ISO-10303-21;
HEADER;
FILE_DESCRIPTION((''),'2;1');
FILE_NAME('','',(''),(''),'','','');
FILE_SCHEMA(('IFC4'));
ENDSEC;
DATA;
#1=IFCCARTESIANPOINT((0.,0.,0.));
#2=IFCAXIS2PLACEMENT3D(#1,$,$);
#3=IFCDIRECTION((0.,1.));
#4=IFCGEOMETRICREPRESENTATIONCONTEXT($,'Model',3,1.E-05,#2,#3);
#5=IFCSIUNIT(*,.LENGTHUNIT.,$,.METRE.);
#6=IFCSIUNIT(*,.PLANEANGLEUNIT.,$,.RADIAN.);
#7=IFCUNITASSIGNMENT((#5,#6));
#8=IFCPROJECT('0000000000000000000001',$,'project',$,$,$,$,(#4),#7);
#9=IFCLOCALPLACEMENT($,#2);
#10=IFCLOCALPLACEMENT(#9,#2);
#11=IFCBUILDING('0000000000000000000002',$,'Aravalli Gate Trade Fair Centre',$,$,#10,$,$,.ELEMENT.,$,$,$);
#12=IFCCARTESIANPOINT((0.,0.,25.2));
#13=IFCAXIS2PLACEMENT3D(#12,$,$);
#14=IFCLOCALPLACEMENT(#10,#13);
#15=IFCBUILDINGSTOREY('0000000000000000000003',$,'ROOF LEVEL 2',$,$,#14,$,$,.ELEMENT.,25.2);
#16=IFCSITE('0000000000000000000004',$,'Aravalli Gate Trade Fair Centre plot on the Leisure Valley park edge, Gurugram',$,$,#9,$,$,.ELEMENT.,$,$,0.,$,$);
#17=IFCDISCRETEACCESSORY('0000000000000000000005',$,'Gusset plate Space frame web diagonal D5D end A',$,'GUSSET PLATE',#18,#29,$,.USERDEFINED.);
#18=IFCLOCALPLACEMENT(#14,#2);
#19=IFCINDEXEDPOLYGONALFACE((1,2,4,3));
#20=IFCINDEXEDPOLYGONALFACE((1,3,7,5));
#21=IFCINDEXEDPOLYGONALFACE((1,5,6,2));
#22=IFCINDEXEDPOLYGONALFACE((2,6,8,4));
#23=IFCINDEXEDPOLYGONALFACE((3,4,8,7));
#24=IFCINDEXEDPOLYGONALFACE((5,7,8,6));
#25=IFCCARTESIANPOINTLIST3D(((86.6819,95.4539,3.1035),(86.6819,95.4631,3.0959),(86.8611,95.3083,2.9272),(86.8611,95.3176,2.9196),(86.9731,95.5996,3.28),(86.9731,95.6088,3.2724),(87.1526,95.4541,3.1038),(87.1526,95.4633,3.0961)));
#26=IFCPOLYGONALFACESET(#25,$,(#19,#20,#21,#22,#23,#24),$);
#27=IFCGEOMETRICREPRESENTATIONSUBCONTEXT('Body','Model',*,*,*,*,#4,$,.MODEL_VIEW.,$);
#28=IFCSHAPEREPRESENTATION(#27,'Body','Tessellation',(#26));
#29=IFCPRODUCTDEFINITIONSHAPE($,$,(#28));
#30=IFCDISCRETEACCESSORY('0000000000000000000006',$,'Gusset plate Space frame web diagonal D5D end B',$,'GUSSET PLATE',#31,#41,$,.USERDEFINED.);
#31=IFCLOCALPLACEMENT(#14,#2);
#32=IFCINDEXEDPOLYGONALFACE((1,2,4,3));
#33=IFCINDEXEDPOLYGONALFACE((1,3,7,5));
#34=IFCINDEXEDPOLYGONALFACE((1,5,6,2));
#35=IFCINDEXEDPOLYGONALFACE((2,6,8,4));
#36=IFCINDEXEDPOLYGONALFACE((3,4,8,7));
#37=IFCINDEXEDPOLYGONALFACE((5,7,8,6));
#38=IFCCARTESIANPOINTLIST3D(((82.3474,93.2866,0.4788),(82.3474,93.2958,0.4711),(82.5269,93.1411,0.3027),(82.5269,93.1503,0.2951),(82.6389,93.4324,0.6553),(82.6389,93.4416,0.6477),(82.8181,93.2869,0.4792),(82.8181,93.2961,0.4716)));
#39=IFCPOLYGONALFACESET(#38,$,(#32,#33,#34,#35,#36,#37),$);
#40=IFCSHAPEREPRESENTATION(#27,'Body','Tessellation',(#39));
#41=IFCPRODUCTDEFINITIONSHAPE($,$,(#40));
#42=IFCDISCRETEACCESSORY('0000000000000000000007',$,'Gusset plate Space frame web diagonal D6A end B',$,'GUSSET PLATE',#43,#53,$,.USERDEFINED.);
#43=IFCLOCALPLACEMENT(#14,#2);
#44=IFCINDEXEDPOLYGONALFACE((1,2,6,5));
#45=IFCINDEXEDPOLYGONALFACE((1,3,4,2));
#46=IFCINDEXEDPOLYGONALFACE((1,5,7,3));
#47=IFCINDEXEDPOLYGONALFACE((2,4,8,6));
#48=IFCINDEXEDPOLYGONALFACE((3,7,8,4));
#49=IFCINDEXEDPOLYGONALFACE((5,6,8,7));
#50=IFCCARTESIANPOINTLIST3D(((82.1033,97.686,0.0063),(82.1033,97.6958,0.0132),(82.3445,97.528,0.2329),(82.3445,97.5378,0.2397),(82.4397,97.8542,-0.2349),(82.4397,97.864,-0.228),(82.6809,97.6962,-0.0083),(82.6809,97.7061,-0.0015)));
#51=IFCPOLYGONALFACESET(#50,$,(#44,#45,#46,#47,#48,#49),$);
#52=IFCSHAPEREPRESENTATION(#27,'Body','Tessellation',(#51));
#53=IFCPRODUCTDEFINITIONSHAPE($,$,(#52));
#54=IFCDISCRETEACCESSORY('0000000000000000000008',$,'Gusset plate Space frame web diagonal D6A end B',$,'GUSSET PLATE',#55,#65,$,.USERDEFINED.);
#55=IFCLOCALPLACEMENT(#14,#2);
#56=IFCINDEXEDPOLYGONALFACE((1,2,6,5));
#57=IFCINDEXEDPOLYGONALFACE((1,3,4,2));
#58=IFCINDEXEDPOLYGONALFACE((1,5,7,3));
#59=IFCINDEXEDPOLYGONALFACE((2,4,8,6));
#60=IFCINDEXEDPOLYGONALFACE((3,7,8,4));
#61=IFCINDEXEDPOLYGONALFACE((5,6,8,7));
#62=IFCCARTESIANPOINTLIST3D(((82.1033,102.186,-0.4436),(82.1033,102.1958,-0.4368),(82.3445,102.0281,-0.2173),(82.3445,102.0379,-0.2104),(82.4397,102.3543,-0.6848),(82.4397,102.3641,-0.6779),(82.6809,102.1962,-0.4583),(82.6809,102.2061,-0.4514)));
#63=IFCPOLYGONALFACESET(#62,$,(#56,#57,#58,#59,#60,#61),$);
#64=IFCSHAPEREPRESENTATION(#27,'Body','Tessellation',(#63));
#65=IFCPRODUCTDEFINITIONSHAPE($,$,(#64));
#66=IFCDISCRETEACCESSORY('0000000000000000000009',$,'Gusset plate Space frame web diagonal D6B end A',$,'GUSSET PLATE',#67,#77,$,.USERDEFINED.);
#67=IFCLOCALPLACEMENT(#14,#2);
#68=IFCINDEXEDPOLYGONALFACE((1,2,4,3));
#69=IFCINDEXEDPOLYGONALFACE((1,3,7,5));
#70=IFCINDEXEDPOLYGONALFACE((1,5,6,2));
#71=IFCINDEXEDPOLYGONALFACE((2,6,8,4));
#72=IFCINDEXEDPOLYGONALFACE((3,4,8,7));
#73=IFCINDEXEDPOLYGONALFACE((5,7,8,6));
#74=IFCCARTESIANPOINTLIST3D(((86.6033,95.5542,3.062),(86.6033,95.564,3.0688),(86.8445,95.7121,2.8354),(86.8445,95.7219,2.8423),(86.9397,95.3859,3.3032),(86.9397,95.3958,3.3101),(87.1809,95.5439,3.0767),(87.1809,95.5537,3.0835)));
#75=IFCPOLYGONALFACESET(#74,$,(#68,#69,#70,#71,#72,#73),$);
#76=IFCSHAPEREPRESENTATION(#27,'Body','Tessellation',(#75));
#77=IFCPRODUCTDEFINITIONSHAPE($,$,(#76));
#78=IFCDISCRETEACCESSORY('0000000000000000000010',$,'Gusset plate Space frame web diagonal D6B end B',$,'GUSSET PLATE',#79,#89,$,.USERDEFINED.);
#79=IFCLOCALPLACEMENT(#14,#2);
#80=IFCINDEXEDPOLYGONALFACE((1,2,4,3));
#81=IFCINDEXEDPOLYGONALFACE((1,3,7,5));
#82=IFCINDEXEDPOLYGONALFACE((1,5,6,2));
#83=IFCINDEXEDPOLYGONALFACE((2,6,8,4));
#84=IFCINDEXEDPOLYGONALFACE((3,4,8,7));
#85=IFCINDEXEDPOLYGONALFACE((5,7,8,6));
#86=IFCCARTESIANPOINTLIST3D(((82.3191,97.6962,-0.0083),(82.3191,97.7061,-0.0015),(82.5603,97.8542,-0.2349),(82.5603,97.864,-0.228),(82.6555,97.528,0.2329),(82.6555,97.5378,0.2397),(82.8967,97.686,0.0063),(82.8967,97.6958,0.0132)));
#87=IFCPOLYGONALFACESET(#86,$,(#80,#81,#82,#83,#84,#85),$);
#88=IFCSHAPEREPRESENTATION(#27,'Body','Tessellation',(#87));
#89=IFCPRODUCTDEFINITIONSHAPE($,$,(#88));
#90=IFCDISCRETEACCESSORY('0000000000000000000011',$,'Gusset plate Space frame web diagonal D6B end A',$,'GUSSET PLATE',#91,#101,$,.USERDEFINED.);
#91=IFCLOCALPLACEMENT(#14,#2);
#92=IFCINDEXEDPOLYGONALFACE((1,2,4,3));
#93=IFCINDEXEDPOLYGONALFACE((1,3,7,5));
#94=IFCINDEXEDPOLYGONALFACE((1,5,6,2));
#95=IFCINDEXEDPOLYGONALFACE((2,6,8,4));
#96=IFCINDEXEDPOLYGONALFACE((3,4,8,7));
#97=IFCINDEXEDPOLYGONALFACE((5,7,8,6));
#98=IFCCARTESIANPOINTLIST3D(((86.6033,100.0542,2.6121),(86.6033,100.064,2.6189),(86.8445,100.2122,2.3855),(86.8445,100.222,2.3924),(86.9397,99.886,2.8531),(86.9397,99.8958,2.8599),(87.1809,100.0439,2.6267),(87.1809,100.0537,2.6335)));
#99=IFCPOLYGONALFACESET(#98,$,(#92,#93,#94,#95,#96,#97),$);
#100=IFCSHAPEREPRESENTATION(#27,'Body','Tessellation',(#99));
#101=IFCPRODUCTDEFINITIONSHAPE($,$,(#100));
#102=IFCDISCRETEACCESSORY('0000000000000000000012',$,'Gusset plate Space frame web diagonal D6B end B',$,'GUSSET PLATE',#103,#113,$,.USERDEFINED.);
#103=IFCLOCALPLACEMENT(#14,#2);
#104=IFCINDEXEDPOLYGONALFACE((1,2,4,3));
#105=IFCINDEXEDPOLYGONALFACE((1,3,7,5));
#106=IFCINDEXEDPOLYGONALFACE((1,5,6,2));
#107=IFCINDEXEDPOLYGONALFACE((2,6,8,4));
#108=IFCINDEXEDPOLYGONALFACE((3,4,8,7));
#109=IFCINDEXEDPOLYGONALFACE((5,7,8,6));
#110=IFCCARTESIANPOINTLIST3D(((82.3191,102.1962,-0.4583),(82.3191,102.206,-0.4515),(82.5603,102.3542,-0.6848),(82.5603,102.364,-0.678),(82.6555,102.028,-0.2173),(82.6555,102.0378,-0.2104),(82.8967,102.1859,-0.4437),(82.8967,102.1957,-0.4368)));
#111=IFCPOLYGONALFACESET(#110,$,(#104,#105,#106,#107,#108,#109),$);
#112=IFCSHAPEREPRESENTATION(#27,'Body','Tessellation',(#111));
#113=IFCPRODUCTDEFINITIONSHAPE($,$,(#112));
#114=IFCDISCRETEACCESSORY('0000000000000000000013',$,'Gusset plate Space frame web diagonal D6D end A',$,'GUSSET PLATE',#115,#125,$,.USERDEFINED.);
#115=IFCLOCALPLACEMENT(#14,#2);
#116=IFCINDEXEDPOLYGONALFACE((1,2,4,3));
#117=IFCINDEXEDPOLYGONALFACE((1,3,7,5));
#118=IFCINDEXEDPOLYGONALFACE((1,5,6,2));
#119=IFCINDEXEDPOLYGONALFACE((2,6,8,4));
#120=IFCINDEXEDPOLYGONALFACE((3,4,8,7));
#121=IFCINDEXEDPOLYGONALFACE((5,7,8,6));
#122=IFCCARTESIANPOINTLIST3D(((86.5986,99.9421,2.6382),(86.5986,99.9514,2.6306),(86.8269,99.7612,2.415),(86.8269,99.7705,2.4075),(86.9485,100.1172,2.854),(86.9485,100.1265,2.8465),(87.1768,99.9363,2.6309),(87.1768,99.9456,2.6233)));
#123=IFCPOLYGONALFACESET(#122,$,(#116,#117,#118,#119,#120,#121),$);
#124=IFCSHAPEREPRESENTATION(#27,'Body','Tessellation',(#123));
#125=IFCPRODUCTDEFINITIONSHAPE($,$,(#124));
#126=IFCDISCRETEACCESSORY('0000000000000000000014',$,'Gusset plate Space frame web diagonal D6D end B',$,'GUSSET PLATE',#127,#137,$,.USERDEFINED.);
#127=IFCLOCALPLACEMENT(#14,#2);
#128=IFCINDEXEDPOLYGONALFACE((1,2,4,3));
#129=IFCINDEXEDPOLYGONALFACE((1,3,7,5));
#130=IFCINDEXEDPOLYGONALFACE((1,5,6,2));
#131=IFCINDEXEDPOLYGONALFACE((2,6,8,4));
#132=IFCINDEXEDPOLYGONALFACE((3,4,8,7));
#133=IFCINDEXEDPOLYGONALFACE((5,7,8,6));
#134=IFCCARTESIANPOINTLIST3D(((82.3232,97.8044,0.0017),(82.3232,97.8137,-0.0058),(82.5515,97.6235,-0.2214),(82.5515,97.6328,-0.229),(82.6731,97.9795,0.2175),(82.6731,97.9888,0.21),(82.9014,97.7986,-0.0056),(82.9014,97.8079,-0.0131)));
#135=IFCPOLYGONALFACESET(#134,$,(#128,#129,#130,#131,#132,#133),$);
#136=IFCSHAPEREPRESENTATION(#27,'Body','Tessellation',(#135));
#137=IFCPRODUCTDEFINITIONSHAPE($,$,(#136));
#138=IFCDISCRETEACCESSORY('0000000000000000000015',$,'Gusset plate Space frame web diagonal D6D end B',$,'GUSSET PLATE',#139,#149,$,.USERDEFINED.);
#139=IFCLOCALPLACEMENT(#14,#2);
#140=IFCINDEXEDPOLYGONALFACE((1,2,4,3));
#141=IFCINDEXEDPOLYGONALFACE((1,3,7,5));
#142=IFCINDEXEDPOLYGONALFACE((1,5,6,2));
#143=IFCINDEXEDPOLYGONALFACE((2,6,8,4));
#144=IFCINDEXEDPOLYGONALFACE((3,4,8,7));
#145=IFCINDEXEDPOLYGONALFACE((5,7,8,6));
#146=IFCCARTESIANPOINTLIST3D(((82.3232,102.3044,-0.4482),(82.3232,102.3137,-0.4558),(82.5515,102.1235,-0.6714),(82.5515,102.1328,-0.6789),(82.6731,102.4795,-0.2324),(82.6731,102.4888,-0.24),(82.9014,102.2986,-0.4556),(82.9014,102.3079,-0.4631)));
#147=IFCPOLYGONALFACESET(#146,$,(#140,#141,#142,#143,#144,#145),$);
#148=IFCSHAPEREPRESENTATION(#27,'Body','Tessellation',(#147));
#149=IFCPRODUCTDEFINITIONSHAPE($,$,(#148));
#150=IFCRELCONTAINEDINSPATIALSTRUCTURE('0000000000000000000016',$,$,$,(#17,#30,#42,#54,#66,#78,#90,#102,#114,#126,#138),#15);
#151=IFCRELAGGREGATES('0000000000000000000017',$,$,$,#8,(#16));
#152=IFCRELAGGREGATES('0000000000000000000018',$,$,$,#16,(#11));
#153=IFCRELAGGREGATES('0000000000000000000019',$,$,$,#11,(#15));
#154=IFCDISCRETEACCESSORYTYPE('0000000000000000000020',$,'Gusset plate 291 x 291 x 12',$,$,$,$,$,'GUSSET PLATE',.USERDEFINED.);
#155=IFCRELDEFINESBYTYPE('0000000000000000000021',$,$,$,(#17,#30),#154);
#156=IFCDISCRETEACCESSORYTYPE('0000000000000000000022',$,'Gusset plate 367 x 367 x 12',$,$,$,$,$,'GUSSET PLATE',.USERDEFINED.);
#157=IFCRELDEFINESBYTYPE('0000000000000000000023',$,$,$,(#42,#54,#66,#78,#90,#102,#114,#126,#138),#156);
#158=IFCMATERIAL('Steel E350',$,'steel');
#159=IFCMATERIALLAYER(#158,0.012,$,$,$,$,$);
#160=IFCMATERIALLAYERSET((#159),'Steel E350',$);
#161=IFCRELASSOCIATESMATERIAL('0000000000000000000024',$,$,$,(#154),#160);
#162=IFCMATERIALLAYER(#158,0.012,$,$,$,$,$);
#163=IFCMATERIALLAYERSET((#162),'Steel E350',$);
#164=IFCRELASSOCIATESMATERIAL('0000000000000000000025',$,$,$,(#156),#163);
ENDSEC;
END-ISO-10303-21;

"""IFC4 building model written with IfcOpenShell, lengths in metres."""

from ifc_helpers import new_model, si_unit, direction, frame, origin, place, context, subcontext, project, spatial, polyline, outline, extrude, material, layer, layer_set, type_object, element, save


model = new_model("IFC4")

# Units and contexts
model_context = context("Model", 3, precision=1e-05, world=origin(), true_north=direction((0.0, 1.0)))
body_context = subcontext(model_context, "Body", "Model", "MODEL_VIEW")
ifc_project = project(units=[si_unit("LENGTHUNIT", "METRE"), si_unit("PLANEANGLEUNIT", "RADIAN")], contexts=[model_context])

# Site, building, storey
site_placement = place(None, origin())
site = spatial("IfcSite", under=ifc_project, at=site_placement, Name="Aravalli Gate Trade Fair Centre plot on the Leisure Valley park edge, Gurugram", CompositionType="ELEMENT", RefElevation=0.0)
building_placement = place(site_placement, origin())
building = spatial("IfcBuilding", under=site, at=building_placement, Name="Aravalli Gate Trade Fair Centre", CompositionType="ELEMENT")
storey_placement = place(building_placement, frame((0.0, 0.0, 25.2)))
storey = spatial("IfcBuildingStorey", under=building, at=storey_placement, Name="ROOF LEVEL 2", CompositionType="ELEMENT", Elevation=25.2)

# Shared definitions
ifc_material_1 = material(Name="Steel E350", Category="steel")

# Discrete accessories
ifc_layer_1 = layer(ifc_material_1, 0.012)
ifc_layer_set_1 = layer_set([ifc_layer_1], Name="Steel E350")
discrete_accessory_type_1 = type_object("IfcDiscreteAccessoryType", Name="Gusset plate 291 x 291 x 12", ElementType="GUSSET PLATE", PredefinedType="USERDEFINED", material=ifc_layer_set_1)
discrete_accessory_1_placement = place(storey_placement, frame((86.6819, 95.4539, 3.1035), z_axis=(0.00007, -0.771155, 0.636648), x_axis=(0.786233, 0.393446, 0.476485)))
element("IfcDiscreteAccessory", 1, at=discrete_accessory_1_placement, inside=storey, type_object=discrete_accessory_type_1, Name="Gusset plate Space frame web diagonal D5D end A", ObjectType="GUSSET PLATE", PredefinedType="USERDEFINED", context=body_context, shape_type="SweptSolid", body=[
    extrude(outline(polyline([(0.0, 0.0), (0.3704, 0.0), (0.3703, -0.2906), (-0.0003, -0.2904), (0.0, 0.0)])), origin(), (0.0, 0.0, -1.0), 0.012),
])
discrete_accessory_2_placement = place(storey_placement, frame((82.6389, 93.4324, 0.6553), z_axis=(-0.000261, -0.770887, 0.636972), x_axis=(-0.786484, -0.393242, -0.476238)))
element("IfcDiscreteAccessory", 2, at=discrete_accessory_2_placement, inside=storey, type_object=discrete_accessory_type_1, Name="Gusset plate Space frame web diagonal D5D end B", ObjectType="GUSSET PLATE", PredefinedType="USERDEFINED", context=body_context, shape_type="SweptSolid", body=[
    extrude(outline(polyline([(0.0, 0.0), (0.3706, 0.0), (0.3706, 0.2904), (0.0001, 0.2903), (0.0, 0.0)])), origin(), (0.0, 0.0, -1.0), 0.012),
])
ifc_layer_2 = layer(ifc_material_1, 0.012)
ifc_layer_set_2 = layer_set([ifc_layer_2], Name="Steel E350")
discrete_accessory_type_2 = type_object("IfcDiscreteAccessoryType", Name="Gusset plate 367 x 367 x 12", ElementType="GUSSET PLATE", PredefinedType="USERDEFINED", material=ifc_layer_set_2)
discrete_accessory_3_placement = place(storey_placement, frame((82.1033, 97.6958, 0.0132), z_axis=(-0.000057, 0.820282, 0.57196), x_axis=(0.75291, 0.376455, -0.539822)))
element("IfcDiscreteAccessory", 3, at=discrete_accessory_3_placement, inside=storey, type_object=discrete_accessory_type_2, Name="Gusset plate Space frame web diagonal D6A end B", ObjectType="GUSSET PLATE", PredefinedType="USERDEFINED", context=body_context, shape_type="SweptSolid", body=[
    extrude(outline(polyline([(0.0, 0.0), (0.4468, 0.0), (0.4467, -0.3667), (-0.0002, -0.3667), (0.0, 0.0)])), origin(), (0.0, 0.0, -1.0), 0.012),
])
discrete_accessory_4_placement = place(storey_placement, frame((82.1033, 102.1958, -0.4368), z_axis=(-0.000049, 0.820141, 0.572161), x_axis=(0.75291, 0.376583, -0.539733)))
element("IfcDiscreteAccessory", 4, at=discrete_accessory_4_placement, inside=storey, type_object=discrete_accessory_type_2, Name="Gusset plate Space frame web diagonal D6A end B", ObjectType="GUSSET PLATE", PredefinedType="USERDEFINED", context=body_context, shape_type="SweptSolid", body=[
    extrude(outline(polyline([(0.0, 0.0), (0.4468, 0.0), (0.4467, -0.3667), (0.0, -0.3665), (0.0, 0.0)])), origin(), (0.0, 0.0, -1.0), 0.012),
])
discrete_accessory_5_placement = place(storey_placement, frame((86.6033, 95.564, 3.0688), z_axis=(0.000057, 0.820282, 0.57196), x_axis=(0.75291, -0.376455, 0.539822)))
element("IfcDiscreteAccessory", 5, at=discrete_accessory_5_placement, inside=storey, type_object=discrete_accessory_type_2, Name="Gusset plate Space frame web diagonal D6B end A", ObjectType="GUSSET PLATE", PredefinedType="USERDEFINED", context=body_context, shape_type="SweptSolid", body=[
    extrude(outline(polyline([(0.0, 0.0), (0.4468, 0.0), (0.4467, 0.3667), (-0.0002, 0.3667), (0.0, 0.0)])), origin(), (0.0, 0.0, -1.0), 0.012),
])
discrete_accessory_6_placement = place(storey_placement, frame((82.6555, 97.5378, 0.2397), z_axis=(0.000057, 0.820282, 0.57196), x_axis=(-0.75291, 0.376455, -0.539822)))
element("IfcDiscreteAccessory", 6, at=discrete_accessory_6_placement, inside=storey, type_object=discrete_accessory_type_2, Name="Gusset plate Space frame web diagonal D6B end B", ObjectType="GUSSET PLATE", PredefinedType="USERDEFINED", context=body_context, shape_type="SweptSolid", body=[
    extrude(outline(polyline([(0.0, 0.0), (0.4468, 0.0), (0.447, -0.3667), (0.0002, -0.3667), (0.0, 0.0)])), origin(), (0.0, 0.0, -1.0), 0.012),
])
discrete_accessory_7_placement = place(storey_placement, frame((86.6033, 100.064, 2.6189), z_axis=(0.000049, 0.820141, 0.572161), x_axis=(0.753132, -0.376438, 0.539524)))
element("IfcDiscreteAccessory", 7, at=discrete_accessory_7_placement, inside=storey, type_object=discrete_accessory_type_2, Name="Gusset plate Space frame web diagonal D6B end A", ObjectType="GUSSET PLATE", PredefinedType="USERDEFINED", context=body_context, shape_type="SweptSolid", body=[
    extrude(outline(polyline([(0.0, 0.0), (0.4467, 0.0), (0.4468, 0.3665), (0.0, 0.3667), (0.0, 0.0)])), origin(), (0.0, 0.0, -1.0), 0.012),
])
discrete_accessory_8_placement = place(storey_placement, frame((82.6555, 102.0378, -0.2104), z_axis=(0.000049, 0.820141, 0.572161), x_axis=(-0.753132, 0.376438, -0.539524)))
element("IfcDiscreteAccessory", 8, at=discrete_accessory_8_placement, inside=storey, type_object=discrete_accessory_type_2, Name="Gusset plate Space frame web diagonal D6B end B", ObjectType="GUSSET PLATE", PredefinedType="USERDEFINED", context=body_context, shape_type="SweptSolid", body=[
    extrude(outline(polyline([(0.0, 0.0), (0.4467, 0.0), (0.4467, -0.3667), (-0.0001, -0.3665), (0.0, 0.0)])), origin(), (0.0, 0.0, -1.0), 0.012),
])
discrete_accessory_9_placement = place(storey_placement, frame((86.5986, 99.9421, 2.6382), z_axis=(0.000107, -0.776736, 0.629826), x_axis=(0.783044, 0.391795, 0.48305)))
element("IfcDiscreteAccessory", 9, at=discrete_accessory_9_placement, inside=storey, type_object=discrete_accessory_type_2, Name="Gusset plate Space frame web diagonal D6D end A", ObjectType="GUSSET PLATE", PredefinedType="USERDEFINED", context=body_context, shape_type="SweptSolid", body=[
    extrude(outline(polyline([(0.0, 0.0), (0.4468, 0.0), (0.4469, -0.3669), (0.0001, -0.3669), (0.0, 0.0)])), origin(), (0.0, 0.0, -1.0), 0.012),
])
for number, where, z_axis, x_axis, name in (
    (10, (82.6731, 97.9795, 0.2175), (0.000107, -0.776736, 0.629826), (-0.783044, -0.391795, -0.48305), "Gusset plate Space frame web diagonal D6D end B"),
    (11, (82.6731, 102.4795, -0.2324), (0.000107, -0.776736, 0.629826), (-0.783044, -0.391795, -0.48305), "Gusset plate Space frame web diagonal D6D end B"),
):
    element("IfcDiscreteAccessory", number, at=place(storey_placement, frame(where, z_axis=z_axis, x_axis=x_axis)), inside=storey, type_object=discrete_accessory_type_2, Name=name, ObjectType="GUSSET PLATE", PredefinedType="USERDEFINED", context=body_context, shape_type="SweptSolid", body=[
        extrude(outline(polyline([(0.0, 0.0), (0.4468, 0.0), (0.4467, 0.3669), (-0.0001, 0.3669), (0.0, 0.0)])), origin(), (0.0, 0.0, -1.0), 0.012),
    ])

save(model, "model.ifc")
